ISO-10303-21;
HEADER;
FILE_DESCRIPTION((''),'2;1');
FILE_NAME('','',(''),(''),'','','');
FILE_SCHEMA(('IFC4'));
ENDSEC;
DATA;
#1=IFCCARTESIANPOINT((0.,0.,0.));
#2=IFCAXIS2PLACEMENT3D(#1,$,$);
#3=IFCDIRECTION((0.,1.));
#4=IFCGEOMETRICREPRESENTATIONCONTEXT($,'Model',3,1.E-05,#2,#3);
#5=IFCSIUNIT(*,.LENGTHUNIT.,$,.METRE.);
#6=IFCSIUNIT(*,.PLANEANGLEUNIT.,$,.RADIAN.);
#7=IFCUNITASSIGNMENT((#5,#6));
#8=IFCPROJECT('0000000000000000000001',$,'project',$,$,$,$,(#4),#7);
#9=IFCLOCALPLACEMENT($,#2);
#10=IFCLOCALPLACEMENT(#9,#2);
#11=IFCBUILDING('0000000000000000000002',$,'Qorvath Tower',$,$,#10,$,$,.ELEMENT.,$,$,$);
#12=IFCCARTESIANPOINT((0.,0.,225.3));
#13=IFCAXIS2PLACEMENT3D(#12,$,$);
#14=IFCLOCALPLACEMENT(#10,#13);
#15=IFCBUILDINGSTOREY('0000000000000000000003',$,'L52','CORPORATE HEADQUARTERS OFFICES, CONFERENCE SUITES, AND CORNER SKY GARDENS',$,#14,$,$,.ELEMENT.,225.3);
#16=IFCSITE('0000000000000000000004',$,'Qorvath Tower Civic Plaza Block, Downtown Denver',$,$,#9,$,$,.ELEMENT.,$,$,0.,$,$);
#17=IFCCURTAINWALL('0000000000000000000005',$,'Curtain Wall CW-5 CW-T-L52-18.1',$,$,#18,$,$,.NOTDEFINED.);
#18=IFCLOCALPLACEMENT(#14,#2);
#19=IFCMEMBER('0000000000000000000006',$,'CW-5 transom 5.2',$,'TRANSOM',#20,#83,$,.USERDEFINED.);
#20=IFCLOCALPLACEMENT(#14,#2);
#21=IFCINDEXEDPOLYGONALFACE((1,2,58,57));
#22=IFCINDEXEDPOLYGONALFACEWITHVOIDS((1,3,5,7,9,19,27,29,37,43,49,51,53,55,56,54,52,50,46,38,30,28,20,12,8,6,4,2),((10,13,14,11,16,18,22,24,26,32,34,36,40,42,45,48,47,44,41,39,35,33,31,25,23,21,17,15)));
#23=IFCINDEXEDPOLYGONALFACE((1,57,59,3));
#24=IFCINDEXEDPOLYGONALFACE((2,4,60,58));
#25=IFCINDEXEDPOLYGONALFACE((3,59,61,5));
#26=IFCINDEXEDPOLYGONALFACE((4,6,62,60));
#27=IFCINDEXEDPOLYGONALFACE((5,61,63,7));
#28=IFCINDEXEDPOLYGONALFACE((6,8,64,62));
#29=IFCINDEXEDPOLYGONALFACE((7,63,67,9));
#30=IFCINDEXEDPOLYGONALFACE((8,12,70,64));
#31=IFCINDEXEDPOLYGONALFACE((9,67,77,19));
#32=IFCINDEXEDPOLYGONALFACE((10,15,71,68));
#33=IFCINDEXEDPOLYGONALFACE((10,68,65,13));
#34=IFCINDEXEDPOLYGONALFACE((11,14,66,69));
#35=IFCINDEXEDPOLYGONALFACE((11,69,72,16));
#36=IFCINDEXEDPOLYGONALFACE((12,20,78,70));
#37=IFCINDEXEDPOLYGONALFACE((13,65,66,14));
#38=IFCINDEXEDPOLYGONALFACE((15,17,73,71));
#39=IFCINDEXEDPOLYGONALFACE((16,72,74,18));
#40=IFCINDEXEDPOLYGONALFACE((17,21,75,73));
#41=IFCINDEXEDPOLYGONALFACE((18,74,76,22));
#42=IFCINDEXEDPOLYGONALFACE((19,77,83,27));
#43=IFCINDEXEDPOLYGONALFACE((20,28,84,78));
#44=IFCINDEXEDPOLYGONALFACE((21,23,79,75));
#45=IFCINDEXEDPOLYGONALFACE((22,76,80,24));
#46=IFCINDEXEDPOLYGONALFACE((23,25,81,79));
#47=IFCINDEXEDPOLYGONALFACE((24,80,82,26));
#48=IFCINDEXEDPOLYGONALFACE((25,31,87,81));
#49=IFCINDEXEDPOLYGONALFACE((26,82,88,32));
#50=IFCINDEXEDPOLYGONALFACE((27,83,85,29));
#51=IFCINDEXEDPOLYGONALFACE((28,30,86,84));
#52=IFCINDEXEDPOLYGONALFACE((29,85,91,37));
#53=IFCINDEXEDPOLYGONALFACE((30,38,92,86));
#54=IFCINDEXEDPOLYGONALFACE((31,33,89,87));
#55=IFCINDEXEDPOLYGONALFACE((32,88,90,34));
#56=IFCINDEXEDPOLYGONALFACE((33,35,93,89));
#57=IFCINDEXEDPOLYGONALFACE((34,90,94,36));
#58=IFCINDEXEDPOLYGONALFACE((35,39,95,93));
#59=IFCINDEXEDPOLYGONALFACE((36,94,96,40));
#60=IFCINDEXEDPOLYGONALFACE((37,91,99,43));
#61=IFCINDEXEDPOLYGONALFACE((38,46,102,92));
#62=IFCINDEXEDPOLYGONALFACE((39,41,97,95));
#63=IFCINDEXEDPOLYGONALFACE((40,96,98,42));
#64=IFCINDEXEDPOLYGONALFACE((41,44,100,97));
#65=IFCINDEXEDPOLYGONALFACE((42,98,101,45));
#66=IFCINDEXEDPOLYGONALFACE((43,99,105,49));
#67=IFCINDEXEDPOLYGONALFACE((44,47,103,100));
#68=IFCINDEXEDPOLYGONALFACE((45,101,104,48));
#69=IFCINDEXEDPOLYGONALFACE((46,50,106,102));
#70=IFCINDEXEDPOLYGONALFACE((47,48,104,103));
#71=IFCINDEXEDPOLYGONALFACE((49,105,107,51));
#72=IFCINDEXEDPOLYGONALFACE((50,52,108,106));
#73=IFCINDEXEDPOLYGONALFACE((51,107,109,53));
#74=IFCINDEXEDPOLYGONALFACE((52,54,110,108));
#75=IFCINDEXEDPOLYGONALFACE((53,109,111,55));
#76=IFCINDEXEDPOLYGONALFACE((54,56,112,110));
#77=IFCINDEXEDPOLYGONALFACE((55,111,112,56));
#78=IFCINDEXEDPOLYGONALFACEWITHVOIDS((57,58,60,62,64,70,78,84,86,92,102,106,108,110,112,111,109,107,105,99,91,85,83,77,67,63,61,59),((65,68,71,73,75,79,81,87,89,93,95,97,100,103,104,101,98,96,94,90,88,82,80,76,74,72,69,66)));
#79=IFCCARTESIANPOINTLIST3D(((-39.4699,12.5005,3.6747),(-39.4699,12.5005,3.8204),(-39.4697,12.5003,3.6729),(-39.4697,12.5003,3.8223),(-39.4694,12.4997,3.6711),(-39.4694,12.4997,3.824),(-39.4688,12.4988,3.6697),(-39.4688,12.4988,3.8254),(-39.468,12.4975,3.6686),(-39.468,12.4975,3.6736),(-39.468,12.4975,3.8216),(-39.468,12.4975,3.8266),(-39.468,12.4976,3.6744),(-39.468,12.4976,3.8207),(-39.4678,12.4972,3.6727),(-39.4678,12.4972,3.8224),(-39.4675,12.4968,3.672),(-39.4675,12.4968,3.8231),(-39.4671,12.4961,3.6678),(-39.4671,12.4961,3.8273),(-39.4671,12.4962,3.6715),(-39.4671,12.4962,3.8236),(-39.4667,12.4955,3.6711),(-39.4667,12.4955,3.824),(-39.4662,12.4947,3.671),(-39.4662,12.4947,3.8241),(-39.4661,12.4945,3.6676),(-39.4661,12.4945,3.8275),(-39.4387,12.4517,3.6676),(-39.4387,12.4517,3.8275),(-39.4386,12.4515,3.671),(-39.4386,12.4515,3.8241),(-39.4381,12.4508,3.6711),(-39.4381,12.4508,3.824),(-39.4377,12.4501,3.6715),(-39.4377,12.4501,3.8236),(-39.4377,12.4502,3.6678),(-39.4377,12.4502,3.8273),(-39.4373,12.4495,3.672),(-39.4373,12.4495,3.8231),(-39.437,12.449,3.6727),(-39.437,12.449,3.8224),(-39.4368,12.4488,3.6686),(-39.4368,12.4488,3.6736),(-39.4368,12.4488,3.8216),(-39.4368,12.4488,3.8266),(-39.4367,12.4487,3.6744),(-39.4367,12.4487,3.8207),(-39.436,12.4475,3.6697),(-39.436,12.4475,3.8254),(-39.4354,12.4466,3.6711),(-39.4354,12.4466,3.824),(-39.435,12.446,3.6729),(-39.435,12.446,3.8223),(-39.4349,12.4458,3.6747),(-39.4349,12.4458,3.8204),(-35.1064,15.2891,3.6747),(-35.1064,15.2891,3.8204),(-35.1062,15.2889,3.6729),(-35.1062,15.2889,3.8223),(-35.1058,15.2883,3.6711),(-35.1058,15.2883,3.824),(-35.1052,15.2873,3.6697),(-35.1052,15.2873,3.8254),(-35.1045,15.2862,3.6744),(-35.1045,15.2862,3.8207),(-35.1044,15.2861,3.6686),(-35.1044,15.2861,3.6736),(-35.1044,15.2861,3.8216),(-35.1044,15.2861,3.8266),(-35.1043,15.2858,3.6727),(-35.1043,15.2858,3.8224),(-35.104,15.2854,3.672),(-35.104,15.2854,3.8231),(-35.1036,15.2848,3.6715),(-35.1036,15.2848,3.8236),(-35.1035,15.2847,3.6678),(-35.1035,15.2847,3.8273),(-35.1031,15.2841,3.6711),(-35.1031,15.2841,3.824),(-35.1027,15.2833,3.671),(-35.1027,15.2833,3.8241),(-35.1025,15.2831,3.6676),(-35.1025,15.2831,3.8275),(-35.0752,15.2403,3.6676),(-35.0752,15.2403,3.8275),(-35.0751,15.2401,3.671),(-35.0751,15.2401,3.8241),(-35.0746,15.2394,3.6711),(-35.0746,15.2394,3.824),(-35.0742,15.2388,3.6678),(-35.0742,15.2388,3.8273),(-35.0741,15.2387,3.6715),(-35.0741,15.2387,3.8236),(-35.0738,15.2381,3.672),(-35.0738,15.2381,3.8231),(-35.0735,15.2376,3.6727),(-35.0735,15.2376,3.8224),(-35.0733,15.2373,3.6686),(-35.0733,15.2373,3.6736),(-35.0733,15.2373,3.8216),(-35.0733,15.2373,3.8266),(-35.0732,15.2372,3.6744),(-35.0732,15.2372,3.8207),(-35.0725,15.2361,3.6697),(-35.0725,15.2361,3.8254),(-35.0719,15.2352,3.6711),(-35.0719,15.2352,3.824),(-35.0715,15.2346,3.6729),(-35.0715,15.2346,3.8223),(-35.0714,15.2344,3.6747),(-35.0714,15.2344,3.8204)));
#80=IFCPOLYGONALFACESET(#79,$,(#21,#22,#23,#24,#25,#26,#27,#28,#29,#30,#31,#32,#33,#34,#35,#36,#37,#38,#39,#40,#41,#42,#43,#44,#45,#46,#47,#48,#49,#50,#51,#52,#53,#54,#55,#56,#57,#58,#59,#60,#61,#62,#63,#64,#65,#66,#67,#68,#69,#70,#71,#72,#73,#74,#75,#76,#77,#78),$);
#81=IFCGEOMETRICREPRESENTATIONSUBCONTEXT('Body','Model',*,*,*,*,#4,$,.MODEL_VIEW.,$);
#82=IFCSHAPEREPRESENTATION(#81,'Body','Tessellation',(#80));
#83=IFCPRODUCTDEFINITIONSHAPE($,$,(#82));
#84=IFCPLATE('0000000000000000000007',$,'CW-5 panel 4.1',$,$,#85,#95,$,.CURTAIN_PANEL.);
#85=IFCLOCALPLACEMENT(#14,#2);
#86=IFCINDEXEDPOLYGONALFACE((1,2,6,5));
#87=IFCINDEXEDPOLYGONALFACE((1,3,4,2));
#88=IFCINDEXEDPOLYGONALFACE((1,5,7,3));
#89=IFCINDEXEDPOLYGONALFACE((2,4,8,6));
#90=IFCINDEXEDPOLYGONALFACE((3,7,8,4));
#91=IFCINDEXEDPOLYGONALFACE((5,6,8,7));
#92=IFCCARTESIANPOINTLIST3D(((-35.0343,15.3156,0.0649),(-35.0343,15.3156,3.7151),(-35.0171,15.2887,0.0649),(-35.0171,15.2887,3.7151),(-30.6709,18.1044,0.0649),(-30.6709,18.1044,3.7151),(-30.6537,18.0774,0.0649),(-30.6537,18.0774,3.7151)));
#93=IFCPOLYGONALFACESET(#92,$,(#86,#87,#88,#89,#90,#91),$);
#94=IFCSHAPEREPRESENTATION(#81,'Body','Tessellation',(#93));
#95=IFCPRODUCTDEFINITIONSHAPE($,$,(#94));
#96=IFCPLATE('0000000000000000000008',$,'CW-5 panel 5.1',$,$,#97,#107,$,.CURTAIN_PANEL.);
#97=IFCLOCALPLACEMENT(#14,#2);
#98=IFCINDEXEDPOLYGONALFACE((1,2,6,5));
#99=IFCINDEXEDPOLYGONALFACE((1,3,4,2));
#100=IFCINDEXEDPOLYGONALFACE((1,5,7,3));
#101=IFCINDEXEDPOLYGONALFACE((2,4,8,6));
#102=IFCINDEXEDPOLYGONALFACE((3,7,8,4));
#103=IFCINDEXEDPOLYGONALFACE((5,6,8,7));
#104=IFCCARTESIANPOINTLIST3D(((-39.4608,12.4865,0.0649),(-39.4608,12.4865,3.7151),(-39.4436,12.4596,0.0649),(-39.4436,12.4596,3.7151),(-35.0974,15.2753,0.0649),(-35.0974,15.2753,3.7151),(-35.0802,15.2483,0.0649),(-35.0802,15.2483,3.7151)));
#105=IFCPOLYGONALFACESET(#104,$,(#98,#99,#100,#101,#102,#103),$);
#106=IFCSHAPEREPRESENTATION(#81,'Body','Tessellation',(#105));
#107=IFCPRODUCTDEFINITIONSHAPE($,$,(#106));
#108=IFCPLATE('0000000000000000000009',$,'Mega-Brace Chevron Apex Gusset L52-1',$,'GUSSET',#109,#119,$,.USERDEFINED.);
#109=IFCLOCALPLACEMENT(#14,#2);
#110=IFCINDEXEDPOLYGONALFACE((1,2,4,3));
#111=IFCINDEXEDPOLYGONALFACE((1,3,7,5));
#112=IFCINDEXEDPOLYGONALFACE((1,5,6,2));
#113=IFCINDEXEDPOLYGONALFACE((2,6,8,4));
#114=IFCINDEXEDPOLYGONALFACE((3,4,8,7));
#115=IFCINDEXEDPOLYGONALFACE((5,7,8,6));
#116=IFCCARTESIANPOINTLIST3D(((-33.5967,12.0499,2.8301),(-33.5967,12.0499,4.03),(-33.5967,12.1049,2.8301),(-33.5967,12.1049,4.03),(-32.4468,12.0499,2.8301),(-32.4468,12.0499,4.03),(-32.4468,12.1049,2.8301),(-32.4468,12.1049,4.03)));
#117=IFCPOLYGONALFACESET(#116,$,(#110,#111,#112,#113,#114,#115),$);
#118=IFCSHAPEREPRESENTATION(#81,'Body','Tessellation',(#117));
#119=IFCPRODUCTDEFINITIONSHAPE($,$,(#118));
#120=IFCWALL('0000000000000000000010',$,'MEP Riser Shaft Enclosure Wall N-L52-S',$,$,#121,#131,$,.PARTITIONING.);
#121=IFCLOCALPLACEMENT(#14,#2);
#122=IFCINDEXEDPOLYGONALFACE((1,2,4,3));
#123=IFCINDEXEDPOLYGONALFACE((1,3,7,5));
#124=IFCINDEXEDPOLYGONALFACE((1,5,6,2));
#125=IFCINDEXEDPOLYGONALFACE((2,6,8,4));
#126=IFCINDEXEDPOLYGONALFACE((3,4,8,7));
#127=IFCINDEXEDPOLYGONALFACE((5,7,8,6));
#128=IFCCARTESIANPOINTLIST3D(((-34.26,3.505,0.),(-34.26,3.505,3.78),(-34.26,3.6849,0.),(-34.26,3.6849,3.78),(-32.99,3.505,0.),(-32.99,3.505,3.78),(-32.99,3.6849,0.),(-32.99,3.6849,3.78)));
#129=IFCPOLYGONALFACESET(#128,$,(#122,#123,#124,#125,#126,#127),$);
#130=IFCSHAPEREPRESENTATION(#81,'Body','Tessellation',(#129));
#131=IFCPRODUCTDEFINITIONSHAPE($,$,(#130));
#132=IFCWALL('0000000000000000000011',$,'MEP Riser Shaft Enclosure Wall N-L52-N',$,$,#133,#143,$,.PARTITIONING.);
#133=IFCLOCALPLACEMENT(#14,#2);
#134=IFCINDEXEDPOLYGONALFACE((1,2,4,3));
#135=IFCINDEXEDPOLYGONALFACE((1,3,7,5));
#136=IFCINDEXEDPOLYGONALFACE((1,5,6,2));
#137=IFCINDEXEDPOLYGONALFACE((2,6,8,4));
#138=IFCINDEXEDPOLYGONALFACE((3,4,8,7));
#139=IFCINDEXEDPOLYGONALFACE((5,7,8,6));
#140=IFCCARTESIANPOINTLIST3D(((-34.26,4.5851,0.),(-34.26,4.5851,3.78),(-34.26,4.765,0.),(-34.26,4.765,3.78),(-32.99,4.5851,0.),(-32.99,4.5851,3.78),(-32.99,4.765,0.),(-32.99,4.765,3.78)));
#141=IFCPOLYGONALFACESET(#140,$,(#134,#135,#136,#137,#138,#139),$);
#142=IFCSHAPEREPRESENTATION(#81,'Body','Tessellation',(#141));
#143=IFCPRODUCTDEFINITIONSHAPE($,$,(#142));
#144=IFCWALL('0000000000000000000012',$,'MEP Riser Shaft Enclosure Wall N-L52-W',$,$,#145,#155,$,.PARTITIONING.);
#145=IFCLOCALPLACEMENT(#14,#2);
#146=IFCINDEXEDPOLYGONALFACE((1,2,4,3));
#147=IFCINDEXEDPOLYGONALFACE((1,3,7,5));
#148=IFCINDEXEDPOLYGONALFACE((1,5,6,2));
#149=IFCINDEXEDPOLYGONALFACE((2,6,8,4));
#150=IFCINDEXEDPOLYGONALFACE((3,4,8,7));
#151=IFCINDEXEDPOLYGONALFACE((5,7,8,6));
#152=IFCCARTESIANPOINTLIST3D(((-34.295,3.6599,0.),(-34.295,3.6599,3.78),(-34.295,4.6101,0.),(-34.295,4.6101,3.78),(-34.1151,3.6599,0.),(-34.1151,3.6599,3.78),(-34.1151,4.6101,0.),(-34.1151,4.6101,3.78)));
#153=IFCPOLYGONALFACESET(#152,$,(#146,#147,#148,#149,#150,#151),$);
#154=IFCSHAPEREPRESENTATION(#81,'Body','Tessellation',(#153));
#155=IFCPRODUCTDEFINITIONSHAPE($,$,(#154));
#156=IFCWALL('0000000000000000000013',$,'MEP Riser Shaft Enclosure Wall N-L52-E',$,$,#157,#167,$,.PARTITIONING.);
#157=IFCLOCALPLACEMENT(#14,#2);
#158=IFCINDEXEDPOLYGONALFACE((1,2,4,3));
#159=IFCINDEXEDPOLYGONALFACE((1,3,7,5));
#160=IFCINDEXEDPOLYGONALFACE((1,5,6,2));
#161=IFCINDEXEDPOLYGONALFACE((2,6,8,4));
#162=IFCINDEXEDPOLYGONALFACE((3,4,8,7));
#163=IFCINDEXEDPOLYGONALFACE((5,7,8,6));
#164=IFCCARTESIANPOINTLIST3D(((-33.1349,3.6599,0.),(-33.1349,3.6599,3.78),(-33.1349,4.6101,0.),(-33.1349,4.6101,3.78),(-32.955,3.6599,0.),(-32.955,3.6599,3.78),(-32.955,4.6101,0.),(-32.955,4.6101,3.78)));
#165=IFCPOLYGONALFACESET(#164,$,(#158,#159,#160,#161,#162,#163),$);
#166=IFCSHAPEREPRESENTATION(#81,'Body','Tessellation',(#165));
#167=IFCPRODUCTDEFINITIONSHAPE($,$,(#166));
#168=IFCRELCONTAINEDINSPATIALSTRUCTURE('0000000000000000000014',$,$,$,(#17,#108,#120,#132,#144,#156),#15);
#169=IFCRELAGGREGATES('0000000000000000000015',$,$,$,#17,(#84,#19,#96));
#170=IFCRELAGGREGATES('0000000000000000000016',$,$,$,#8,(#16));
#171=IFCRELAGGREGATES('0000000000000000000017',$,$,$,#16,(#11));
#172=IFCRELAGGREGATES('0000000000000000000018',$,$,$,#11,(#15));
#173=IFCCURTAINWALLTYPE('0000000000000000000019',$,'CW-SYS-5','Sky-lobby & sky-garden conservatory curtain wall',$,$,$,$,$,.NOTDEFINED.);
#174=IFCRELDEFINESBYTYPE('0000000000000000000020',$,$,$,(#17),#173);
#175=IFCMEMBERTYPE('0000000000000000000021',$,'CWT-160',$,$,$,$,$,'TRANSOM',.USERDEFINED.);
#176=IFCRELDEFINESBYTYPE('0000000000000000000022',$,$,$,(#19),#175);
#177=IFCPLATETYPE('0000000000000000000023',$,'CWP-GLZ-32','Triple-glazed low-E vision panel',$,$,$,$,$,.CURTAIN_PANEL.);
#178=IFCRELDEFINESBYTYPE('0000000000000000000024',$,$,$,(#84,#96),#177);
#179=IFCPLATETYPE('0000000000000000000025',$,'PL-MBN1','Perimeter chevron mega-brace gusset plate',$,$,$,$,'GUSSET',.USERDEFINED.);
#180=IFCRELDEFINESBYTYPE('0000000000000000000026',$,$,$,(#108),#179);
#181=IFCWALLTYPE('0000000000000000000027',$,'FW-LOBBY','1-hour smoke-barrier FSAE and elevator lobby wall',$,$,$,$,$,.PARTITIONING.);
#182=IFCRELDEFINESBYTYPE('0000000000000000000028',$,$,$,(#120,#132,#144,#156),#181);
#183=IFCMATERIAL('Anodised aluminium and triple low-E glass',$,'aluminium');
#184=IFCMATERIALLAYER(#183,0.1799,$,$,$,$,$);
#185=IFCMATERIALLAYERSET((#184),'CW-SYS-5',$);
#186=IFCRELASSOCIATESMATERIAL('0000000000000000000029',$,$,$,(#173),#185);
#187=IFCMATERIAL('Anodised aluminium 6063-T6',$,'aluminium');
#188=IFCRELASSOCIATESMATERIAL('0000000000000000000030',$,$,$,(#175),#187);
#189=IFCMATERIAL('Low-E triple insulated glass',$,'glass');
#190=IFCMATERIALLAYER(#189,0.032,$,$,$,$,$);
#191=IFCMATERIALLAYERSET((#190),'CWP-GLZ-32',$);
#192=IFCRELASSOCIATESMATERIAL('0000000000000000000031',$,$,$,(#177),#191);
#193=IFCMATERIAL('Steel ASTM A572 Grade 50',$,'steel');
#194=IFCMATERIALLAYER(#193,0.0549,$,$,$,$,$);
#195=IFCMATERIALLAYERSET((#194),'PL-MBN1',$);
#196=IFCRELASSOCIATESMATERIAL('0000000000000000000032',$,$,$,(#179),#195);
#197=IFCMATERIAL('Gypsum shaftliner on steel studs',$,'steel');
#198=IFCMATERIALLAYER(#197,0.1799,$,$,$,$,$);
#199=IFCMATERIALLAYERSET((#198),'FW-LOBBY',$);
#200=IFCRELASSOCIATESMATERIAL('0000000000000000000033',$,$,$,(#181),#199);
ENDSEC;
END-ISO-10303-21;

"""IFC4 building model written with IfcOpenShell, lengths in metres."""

from ifc_helpers import new_model, si_unit, direction, frame, frame_2d, origin, origin_2d, place, context, subcontext, project, spatial, rectangle, hollow_rectangle, extrude, material, layer, layer_set, material_profile, profile_set, type_object, element, aggregate, save


model = new_model("IFC4")

# Units and contexts
model_context = context("Model", 3, precision=1e-05, world=origin(), true_north=direction((0.0, 1.0)))
body_context = subcontext(model_context, "Body", "Model", "MODEL_VIEW")
ifc_project = project(units=[si_unit("LENGTHUNIT", "METRE"), si_unit("PLANEANGLEUNIT", "RADIAN")], contexts=[model_context])

# Site, building, storey
site_placement = place(None, origin())
site = spatial("IfcSite", under=ifc_project, at=site_placement, Name="Qorvath Tower Civic Plaza Block, Downtown Denver", CompositionType="ELEMENT", RefElevation=0.0)
building_placement = place(site_placement, origin())
building = spatial("IfcBuilding", under=site, at=building_placement, Name="Qorvath Tower", CompositionType="ELEMENT")
storey_placement = place(building_placement, frame((0.0, 0.0, 225.3)))
storey = spatial("IfcBuildingStorey", under=building, at=storey_placement, Name="L52", Description="CORPORATE HEADQUARTERS OFFICES, CONFERENCE SUITES, AND CORNER SKY GARDENS", CompositionType="ELEMENT", Elevation=225.3)

# Curtain wall, member, plates
ifc_material_1 = material(Name="Anodised aluminium and triple low-E glass", Category="aluminium")
ifc_layer_1 = layer(ifc_material_1, 0.1799)
ifc_layer_set_1 = layer_set([ifc_layer_1], Name="CW-SYS-5")
curtain_wall_type = type_object("IfcCurtainWallType", Name="CW-SYS-5", Description="Sky-lobby & sky-garden conservatory curtain wall", PredefinedType="NOTDEFINED", material=ifc_layer_set_1)
curtain_wall_placement = place(storey_placement, origin())
curtain_wall = element("IfcCurtainWall", 1, at=curtain_wall_placement, inside=storey, type_object=curtain_wall_type, Name="Curtain Wall CW-5 CW-T-L52-18.1", PredefinedType="NOTDEFINED")
ifc_material_2 = material(Name="Anodised aluminium 6063-T6", Category="aluminium")
ifc_material_profile_1 = material_profile(ifc_material_2, hollow_rectangle(XDim=0.0649, YDim=0.1599, WallThickness=0.0034, InnerFilletRadius=0.0034, OuterFilletRadius=0.0071, at=origin_2d()), Name="CWT 160x65")
ifc_profile_set_1 = profile_set([ifc_material_profile_1], Name="Anodised aluminium 6063-T6")
member_type_1 = type_object("IfcMemberType", Name="CWT-160", ElementType="TRANSOM", PredefinedType="USERDEFINED", material=ifc_profile_set_1)
member_1_placement = place(storey_placement, frame((-35.0889, 15.2617, 3.7476), z_axis=(-0.842629, -0.538494, 0.0), x_axis=(0.538494, -0.842629, 0.0)))
member_1 = element("IfcMember", 2, at=member_1_placement, type_object=member_type_1, Name="CW-5 transom 5.2", ObjectType="TRANSOM", PredefinedType="USERDEFINED", context=body_context, shape_type="SweptSolid", body=[
    extrude(hollow_rectangle(XDim=0.0649, YDim=0.1599, WallThickness=0.0034, InnerFilletRadius=0.0034, OuterFilletRadius=0.0071, at=origin_2d()), origin(), (0.0, 0.0, 1.0), 5.1785),
])
ifc_material_3 = material(Name="Low-E triple insulated glass", Category="glass")
ifc_layer_2 = layer(ifc_material_3, 0.032)
ifc_layer_set_2 = layer_set([ifc_layer_2], Name="CWP-GLZ-32")
plate_type_1 = type_object("IfcPlateType", Name="CWP-GLZ-32", Description="Triple-glazed low-E vision panel", PredefinedType="CURTAIN_PANEL", material=ifc_layer_set_2)
plate_1_placement = place(storey_placement, frame((-32.844, 16.6965, 0.0649), z_axis=(0.0, 0.0, 1.0), x_axis=(-0.842606, -0.538531, 0.0)))
plate_1 = element("IfcPlate", 3, at=plate_1_placement, type_object=plate_type_1, Name="CW-5 panel 4.1", PredefinedType="CURTAIN_PANEL", context=body_context, shape_type="SweptSolid", body=[
    extrude(rectangle(XDim=5.1785, YDim=0.032, at=origin_2d()), origin(), (0.0, 0.0, 1.0), 3.6501),
])
plate_2_placement = place(storey_placement, frame((-37.2705, 13.8674, 0.0649), z_axis=(0.0, 0.0, 1.0), x_axis=(-0.842606, -0.538531, 0.0)))
plate_2 = element("IfcPlate", 4, at=plate_2_placement, type_object=plate_type_1, Name="CW-5 panel 5.1", PredefinedType="CURTAIN_PANEL", context=body_context, shape_type="SweptSolid", body=[
    extrude(rectangle(XDim=5.1785, YDim=0.032, at=origin_2d()), origin(), (0.0, 0.0, 1.0), 3.6501),
])
aggregate(curtain_wall, [plate_1, member_1, plate_2])

# Plate
ifc_material_4 = material(Name="Steel ASTM A572 Grade 50", Category="steel")
ifc_layer_3 = layer(ifc_material_4, 0.0549)
ifc_layer_set_3 = layer_set([ifc_layer_3], Name="PL-MBN1")
plate_type_2 = type_object("IfcPlateType", Name="PL-MBN1", Description="Perimeter chevron mega-brace gusset plate", ElementType="GUSSET", PredefinedType="USERDEFINED", material=ifc_layer_set_3)
plate_3_placement = place(storey_placement, frame((-33.0217, 12.0774, 2.8301), z_axis=(0.0, 0.0, 1.0), x_axis=(1.0, 0.0, 0.0)))
element("IfcPlate", 5, at=plate_3_placement, inside=storey, type_object=plate_type_2, Name="Mega-Brace Chevron Apex Gusset L52-1", ObjectType="GUSSET", PredefinedType="USERDEFINED", context=body_context, shape_type="SweptSolid", body=[
    extrude(rectangle(XDim=1.1499, YDim=0.0549, at=origin_2d()), origin(), (0.0, 0.0, 1.0), 1.2),
])

# Walls
ifc_material_5 = material(Name="Gypsum shaftliner on steel studs", Category="steel")
ifc_layer_4 = layer(ifc_material_5, 0.1799)
ifc_layer_set_4 = layer_set([ifc_layer_4], Name="FW-LOBBY")
wall_type_1 = type_object("IfcWallType", Name="FW-LOBBY", Description="1-hour smoke-barrier FSAE and elevator lobby wall", PredefinedType="PARTITIONING", material=ifc_layer_set_4)
for number, where, z_axis, x_axis, name in (
    (6, (-32.99, 3.595, 0.0), (0.0, 0.0, 1.0), (-1.0, 0.0, 0.0), "MEP Riser Shaft Enclosure Wall N-L52-S"),
    (7, (-34.26, 4.675, 0.0), (0.0, 0.0, 1.0), (1.0, 0.0, 0.0), "MEP Riser Shaft Enclosure Wall N-L52-N"),
):
    element("IfcWall", number, at=place(storey_placement, frame(where, z_axis=z_axis, x_axis=x_axis)), inside=storey, type_object=wall_type_1, Name=name, PredefinedType="PARTITIONING", context=body_context, shape_type="SweptSolid", body=[
        extrude(rectangle(XDim=1.27, YDim=0.1799, at=frame_2d((0.635, 0.0))), origin(), (0.0, 0.0, 1.0), 3.78),
    ])
for number, where, z_axis, x_axis, name in (
    (8, (-34.2051, 3.6599, 0.0), (0.0, 0.0, 1.0), (0.0, 1.0, 0.0), "MEP Riser Shaft Enclosure Wall N-L52-W"),
    (9, (-33.0449, 4.6101, 0.0), (0.0, 0.0, 1.0), (0.0, -1.0, 0.0), "MEP Riser Shaft Enclosure Wall N-L52-E"),
):
    element("IfcWall", number, at=place(storey_placement, frame(where, z_axis=z_axis, x_axis=x_axis)), inside=storey, type_object=wall_type_1, Name=name, PredefinedType="PARTITIONING", context=body_context, shape_type="SweptSolid", body=[
        extrude(rectangle(XDim=0.9502, YDim=0.1799, at=frame_2d((0.4751, 0.0))), origin(), (0.0, 0.0, 1.0), 3.78),
    ])

save(model, "model.ifc")
